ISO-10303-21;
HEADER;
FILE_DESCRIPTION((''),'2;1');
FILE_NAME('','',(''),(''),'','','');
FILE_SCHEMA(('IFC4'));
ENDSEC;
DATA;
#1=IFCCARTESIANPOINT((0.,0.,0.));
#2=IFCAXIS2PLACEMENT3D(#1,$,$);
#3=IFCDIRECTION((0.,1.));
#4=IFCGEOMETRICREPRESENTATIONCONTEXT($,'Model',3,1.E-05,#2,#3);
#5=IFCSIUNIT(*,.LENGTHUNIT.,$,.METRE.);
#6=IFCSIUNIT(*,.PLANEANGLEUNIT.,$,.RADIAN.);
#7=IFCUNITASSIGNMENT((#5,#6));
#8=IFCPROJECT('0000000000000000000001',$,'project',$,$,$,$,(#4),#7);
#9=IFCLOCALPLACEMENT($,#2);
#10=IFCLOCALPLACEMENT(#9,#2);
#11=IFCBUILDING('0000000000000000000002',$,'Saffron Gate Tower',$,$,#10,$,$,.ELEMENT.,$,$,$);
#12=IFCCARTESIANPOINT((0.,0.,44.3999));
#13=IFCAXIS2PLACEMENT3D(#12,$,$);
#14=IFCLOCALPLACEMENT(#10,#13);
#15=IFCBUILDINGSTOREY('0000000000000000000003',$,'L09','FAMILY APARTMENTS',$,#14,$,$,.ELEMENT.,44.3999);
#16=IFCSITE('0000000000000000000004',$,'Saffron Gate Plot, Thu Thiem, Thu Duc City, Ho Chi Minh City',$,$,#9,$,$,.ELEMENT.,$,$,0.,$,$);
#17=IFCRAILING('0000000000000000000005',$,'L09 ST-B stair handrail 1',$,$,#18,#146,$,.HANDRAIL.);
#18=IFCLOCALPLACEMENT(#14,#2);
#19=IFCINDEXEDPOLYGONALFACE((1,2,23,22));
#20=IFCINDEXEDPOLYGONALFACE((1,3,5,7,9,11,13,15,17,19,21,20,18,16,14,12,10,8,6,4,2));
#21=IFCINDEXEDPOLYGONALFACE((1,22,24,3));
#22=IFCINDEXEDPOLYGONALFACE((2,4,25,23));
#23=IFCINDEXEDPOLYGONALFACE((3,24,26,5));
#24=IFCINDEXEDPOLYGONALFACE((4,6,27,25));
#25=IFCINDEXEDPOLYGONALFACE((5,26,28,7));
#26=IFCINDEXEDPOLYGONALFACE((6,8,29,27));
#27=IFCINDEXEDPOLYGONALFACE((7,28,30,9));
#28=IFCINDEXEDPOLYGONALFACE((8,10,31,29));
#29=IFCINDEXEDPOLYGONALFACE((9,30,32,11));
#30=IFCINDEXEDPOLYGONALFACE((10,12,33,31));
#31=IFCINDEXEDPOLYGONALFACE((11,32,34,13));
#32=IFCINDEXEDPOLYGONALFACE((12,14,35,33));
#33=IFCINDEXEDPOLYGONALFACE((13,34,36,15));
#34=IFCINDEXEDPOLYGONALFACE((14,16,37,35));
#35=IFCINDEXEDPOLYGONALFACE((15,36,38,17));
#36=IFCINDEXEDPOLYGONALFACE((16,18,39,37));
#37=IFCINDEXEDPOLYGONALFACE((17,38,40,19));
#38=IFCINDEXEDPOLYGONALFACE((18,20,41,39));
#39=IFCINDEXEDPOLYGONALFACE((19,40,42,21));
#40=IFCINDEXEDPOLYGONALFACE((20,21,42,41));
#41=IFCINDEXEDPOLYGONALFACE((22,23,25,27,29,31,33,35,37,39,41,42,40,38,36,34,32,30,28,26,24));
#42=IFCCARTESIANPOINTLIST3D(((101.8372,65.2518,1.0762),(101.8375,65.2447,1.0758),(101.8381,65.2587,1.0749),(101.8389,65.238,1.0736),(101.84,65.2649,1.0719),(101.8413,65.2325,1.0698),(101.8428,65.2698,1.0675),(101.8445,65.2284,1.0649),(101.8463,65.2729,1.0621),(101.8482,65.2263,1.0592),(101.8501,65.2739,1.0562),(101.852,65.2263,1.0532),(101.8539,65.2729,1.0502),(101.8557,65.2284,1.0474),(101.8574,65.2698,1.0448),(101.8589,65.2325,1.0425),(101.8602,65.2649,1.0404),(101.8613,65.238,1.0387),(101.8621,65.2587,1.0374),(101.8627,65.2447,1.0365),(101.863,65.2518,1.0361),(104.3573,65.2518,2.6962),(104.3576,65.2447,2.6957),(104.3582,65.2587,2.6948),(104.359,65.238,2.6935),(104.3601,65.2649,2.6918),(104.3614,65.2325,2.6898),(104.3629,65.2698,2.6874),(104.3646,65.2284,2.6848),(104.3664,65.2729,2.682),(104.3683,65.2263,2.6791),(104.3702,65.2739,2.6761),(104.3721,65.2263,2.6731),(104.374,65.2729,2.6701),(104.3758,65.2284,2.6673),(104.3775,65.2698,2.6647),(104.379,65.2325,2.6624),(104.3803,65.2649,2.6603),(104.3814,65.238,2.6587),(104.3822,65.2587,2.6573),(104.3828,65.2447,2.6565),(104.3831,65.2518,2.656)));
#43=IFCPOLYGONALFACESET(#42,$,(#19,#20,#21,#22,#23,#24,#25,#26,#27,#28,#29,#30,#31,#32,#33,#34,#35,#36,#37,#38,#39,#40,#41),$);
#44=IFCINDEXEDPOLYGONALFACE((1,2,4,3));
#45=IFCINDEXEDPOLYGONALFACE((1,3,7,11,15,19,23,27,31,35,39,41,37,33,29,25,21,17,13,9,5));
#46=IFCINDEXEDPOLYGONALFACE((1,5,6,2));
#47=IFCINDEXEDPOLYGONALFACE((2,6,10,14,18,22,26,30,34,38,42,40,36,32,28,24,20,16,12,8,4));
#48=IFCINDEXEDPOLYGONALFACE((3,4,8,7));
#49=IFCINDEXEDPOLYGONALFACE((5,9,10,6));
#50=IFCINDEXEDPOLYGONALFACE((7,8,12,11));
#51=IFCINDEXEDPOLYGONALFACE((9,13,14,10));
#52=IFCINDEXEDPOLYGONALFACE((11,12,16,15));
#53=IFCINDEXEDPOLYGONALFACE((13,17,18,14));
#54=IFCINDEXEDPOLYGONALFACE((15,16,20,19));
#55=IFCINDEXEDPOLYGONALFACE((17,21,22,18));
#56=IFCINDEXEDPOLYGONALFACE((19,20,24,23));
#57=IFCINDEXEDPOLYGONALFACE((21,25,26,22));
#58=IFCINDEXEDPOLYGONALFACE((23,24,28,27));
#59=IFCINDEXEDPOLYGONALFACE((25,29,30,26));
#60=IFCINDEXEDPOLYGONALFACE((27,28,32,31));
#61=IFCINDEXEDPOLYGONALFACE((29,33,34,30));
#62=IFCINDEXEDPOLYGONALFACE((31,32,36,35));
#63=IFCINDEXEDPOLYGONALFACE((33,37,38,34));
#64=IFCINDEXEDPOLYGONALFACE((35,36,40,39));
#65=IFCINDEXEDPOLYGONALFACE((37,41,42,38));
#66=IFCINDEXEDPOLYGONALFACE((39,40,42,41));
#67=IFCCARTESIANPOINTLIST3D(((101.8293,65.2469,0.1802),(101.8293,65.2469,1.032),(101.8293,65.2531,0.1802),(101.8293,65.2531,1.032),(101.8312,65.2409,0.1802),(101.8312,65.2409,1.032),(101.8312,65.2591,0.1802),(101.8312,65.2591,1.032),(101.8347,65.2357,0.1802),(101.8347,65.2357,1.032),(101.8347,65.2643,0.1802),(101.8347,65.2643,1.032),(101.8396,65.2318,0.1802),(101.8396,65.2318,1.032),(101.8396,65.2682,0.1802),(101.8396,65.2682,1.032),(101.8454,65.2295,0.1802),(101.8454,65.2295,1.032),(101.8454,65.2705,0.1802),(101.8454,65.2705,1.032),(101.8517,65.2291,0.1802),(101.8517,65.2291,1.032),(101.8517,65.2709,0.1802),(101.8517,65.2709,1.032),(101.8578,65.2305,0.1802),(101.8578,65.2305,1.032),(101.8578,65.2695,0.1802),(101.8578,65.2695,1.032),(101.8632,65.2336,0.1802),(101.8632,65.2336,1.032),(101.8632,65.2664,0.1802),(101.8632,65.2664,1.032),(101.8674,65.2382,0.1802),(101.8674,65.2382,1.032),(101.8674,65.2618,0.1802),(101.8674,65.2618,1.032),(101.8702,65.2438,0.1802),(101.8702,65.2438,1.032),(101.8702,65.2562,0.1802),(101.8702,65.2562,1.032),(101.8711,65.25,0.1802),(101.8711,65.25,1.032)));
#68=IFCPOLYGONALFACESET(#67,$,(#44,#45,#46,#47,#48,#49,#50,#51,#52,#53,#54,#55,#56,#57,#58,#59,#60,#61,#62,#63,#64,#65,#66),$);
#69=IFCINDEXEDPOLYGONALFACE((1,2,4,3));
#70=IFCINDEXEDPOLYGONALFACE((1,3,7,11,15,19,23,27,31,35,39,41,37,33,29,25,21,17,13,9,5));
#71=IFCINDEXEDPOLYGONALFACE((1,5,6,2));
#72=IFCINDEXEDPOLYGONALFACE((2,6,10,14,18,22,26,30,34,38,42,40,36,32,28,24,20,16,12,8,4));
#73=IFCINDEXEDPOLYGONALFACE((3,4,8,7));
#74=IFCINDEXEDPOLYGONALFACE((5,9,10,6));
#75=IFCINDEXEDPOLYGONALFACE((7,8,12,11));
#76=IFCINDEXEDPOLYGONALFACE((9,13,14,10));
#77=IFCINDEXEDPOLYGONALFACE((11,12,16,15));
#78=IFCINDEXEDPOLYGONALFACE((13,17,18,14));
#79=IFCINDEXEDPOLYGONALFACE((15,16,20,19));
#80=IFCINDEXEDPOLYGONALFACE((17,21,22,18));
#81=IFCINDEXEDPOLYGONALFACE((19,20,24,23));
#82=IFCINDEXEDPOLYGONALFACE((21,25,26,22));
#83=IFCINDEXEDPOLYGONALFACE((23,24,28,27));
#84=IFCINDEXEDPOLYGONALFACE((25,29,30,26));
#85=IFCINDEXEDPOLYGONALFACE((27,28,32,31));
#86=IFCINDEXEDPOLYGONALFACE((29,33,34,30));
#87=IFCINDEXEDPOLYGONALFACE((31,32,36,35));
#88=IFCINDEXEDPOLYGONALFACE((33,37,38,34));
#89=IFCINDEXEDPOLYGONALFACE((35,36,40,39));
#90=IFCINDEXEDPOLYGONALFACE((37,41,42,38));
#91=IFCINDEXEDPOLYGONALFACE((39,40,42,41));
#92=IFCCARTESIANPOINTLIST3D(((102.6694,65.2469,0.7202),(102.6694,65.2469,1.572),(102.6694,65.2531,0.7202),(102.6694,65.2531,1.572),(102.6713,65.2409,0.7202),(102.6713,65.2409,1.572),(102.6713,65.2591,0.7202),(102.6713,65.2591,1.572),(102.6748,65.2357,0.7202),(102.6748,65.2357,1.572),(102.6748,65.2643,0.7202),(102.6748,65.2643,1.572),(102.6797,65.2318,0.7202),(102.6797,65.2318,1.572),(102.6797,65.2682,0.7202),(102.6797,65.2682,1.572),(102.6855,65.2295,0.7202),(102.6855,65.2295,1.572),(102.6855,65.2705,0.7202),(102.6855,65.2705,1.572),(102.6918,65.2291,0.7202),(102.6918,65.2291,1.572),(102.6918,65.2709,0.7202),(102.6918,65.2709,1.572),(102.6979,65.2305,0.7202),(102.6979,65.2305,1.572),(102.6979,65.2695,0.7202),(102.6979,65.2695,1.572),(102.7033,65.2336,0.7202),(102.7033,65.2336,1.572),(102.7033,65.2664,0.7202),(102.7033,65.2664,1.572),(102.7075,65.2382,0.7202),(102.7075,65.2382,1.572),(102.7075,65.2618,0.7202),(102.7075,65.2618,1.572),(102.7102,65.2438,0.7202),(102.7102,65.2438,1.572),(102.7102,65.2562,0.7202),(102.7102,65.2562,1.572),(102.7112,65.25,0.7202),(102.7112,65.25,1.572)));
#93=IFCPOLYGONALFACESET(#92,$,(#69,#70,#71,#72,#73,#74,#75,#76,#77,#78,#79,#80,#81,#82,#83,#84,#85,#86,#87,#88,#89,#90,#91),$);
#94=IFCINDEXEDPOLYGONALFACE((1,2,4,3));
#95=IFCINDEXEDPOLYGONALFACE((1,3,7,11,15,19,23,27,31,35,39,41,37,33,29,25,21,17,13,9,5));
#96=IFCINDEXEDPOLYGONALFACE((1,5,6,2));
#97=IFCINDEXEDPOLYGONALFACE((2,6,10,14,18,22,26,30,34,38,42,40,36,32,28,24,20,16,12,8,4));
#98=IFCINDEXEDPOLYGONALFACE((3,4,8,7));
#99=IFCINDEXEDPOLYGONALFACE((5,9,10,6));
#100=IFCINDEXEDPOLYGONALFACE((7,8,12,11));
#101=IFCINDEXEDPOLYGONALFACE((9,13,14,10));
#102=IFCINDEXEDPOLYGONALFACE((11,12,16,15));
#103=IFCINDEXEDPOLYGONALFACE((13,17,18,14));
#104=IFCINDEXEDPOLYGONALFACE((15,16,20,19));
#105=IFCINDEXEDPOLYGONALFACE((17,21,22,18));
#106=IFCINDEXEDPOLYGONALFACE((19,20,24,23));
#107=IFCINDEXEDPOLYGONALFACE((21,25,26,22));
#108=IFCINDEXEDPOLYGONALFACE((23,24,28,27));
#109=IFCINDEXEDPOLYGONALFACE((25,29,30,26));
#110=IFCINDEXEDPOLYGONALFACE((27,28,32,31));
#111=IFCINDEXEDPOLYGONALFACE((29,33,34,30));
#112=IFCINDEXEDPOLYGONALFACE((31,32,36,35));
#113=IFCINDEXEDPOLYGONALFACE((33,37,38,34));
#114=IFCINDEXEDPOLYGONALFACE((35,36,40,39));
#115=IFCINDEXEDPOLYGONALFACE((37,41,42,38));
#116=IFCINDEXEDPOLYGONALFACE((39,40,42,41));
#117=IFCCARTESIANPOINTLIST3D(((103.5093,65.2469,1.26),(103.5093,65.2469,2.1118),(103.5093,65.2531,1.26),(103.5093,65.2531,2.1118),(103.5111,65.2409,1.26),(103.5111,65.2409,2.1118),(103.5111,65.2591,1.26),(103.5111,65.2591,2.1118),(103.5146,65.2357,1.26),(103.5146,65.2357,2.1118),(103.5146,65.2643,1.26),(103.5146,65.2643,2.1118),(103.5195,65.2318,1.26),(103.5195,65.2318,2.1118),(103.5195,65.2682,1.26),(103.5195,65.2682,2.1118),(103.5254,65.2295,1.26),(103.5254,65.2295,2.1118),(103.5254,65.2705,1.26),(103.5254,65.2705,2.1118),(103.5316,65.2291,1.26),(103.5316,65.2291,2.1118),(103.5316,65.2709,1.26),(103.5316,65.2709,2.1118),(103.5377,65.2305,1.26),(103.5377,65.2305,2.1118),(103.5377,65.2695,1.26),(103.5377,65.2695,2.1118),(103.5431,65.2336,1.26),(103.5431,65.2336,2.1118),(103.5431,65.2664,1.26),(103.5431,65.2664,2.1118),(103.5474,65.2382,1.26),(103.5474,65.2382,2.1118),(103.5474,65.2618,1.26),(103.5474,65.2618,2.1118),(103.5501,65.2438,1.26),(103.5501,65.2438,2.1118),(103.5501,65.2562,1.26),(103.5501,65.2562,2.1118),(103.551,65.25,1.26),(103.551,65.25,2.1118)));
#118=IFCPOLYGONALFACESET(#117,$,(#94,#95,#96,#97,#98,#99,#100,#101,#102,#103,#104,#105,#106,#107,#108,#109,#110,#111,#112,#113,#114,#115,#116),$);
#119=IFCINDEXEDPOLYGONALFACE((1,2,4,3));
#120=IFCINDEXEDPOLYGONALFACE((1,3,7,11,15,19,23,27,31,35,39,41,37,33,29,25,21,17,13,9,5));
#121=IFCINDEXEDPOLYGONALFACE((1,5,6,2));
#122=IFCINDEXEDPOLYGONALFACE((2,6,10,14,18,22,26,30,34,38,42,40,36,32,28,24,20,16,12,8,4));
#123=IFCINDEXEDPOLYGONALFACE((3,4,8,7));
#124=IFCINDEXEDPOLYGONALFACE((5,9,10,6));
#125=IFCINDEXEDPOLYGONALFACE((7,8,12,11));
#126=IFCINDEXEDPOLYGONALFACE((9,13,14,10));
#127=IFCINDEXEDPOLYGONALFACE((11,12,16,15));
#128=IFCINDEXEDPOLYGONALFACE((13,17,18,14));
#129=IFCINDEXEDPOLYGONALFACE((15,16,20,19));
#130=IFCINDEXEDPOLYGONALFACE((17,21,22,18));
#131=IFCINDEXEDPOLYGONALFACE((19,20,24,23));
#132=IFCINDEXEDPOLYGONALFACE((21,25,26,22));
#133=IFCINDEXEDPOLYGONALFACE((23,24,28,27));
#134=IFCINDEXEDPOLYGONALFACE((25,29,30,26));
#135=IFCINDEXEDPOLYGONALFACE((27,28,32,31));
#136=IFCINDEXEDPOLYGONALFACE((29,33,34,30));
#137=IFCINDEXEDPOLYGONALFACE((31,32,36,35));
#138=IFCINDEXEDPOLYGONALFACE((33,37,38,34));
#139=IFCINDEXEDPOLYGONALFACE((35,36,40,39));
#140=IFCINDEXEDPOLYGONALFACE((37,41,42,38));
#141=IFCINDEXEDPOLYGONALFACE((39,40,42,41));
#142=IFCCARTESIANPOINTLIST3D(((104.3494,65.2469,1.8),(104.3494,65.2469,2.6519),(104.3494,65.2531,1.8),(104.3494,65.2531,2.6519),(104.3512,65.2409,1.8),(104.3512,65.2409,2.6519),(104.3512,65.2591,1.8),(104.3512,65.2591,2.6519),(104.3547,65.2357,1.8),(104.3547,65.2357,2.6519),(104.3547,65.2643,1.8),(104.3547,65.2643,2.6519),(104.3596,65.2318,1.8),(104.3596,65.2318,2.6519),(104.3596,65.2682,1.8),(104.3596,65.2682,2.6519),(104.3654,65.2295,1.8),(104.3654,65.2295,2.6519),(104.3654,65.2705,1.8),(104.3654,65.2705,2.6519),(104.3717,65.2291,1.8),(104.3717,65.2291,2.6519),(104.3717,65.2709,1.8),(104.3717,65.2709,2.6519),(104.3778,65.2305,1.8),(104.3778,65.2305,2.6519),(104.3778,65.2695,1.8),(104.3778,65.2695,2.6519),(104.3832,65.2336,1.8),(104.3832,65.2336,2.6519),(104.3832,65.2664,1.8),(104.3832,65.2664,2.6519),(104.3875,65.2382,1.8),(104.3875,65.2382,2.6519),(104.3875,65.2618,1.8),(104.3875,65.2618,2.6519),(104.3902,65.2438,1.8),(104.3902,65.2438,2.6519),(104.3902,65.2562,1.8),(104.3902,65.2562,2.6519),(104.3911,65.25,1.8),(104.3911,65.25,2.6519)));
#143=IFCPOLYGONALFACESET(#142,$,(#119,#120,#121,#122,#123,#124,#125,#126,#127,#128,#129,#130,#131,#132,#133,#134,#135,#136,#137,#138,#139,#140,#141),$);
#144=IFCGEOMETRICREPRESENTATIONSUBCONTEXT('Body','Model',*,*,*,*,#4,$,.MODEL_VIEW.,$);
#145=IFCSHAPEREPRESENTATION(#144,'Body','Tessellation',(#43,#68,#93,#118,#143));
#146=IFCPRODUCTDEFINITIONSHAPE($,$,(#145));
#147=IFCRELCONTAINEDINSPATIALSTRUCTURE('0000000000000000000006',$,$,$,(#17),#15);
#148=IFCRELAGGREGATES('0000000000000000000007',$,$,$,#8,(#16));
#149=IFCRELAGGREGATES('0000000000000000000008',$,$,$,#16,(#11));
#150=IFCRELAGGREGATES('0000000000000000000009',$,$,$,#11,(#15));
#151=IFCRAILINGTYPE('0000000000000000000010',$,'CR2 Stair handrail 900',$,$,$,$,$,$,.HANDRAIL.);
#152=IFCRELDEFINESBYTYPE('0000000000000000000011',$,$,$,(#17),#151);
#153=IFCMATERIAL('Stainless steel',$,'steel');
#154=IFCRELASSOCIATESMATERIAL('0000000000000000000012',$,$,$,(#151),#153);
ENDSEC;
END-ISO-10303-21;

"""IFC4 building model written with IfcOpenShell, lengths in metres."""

from ifc_helpers import new_model, si_unit, direction, frame, origin, origin_2d, place, context, subcontext, project, spatial, circle, extrude, material, type_object, element, save


model = new_model("IFC4")

# Units and contexts
model_context = context("Model", 3, precision=1e-05, world=origin(), true_north=direction((0.0, 1.0)))
body_context = subcontext(model_context, "Body", "Model", "MODEL_VIEW")
ifc_project = project(units=[si_unit("LENGTHUNIT", "METRE"), si_unit("PLANEANGLEUNIT", "RADIAN")], contexts=[model_context])

# Site, building, storey
site_placement = place(None, origin())
site = spatial("IfcSite", under=ifc_project, at=site_placement, Name="Saffron Gate Plot, Thu Thiem, Thu Duc City, Ho Chi Minh City", CompositionType="ELEMENT", RefElevation=0.0)
building_placement = place(site_placement, origin())
building = spatial("IfcBuilding", under=site, at=building_placement, Name="Saffron Gate Tower", CompositionType="ELEMENT")
storey_placement = place(building_placement, frame((0.0, 0.0, 44.3999)))
storey = spatial("IfcBuildingStorey", under=building, at=storey_placement, Name="L09", Description="FAMILY APARTMENTS", CompositionType="ELEMENT", Elevation=44.3999)

# Railing
ifc_material_1 = material(Name="Stainless steel", Category="steel")
railing_type = type_object("IfcRailingType", Name="CR2 Stair handrail 900", PredefinedType="HANDRAIL", material=ifc_material_1)
railing_placement = place(storey_placement, frame((101.8501, 65.25, 0.1802)))
element("IfcRailing", 1, at=railing_placement, inside=storey, type_object=railing_type, Name="L09 ST-B stair handrail 1", PredefinedType="HANDRAIL", context=body_context, shape_type="SweptSolid", body=[
    extrude(circle(Radius=0.0239, at=origin_2d()), frame((0.0, 0.0, 0.876), z_axis=(0.8412, 0.0, 0.540725), x_axis=(0.0, 1.0, 0.0)), (0.0, 0.0, 1.0), 2.9958),
    extrude(circle(Radius=0.021, at=origin_2d()), origin(), (0.0, 0.0, 1.0), 0.8518),
    extrude(circle(Radius=0.021, at=origin_2d()), frame((0.8401, 0.0, 0.54)), (0.0, 0.0, 1.0), 0.8518),
    extrude(circle(Radius=0.021, at=origin_2d()), frame((1.6799, 0.0, 1.0798)), (0.0, 0.0, 1.0), 0.8518),
    extrude(circle(Radius=0.021, at=origin_2d()), frame((2.52, 0.0, 1.6199)), (0.0, 0.0, 1.0), 0.8518),
])

save(model, "model.ifc")
